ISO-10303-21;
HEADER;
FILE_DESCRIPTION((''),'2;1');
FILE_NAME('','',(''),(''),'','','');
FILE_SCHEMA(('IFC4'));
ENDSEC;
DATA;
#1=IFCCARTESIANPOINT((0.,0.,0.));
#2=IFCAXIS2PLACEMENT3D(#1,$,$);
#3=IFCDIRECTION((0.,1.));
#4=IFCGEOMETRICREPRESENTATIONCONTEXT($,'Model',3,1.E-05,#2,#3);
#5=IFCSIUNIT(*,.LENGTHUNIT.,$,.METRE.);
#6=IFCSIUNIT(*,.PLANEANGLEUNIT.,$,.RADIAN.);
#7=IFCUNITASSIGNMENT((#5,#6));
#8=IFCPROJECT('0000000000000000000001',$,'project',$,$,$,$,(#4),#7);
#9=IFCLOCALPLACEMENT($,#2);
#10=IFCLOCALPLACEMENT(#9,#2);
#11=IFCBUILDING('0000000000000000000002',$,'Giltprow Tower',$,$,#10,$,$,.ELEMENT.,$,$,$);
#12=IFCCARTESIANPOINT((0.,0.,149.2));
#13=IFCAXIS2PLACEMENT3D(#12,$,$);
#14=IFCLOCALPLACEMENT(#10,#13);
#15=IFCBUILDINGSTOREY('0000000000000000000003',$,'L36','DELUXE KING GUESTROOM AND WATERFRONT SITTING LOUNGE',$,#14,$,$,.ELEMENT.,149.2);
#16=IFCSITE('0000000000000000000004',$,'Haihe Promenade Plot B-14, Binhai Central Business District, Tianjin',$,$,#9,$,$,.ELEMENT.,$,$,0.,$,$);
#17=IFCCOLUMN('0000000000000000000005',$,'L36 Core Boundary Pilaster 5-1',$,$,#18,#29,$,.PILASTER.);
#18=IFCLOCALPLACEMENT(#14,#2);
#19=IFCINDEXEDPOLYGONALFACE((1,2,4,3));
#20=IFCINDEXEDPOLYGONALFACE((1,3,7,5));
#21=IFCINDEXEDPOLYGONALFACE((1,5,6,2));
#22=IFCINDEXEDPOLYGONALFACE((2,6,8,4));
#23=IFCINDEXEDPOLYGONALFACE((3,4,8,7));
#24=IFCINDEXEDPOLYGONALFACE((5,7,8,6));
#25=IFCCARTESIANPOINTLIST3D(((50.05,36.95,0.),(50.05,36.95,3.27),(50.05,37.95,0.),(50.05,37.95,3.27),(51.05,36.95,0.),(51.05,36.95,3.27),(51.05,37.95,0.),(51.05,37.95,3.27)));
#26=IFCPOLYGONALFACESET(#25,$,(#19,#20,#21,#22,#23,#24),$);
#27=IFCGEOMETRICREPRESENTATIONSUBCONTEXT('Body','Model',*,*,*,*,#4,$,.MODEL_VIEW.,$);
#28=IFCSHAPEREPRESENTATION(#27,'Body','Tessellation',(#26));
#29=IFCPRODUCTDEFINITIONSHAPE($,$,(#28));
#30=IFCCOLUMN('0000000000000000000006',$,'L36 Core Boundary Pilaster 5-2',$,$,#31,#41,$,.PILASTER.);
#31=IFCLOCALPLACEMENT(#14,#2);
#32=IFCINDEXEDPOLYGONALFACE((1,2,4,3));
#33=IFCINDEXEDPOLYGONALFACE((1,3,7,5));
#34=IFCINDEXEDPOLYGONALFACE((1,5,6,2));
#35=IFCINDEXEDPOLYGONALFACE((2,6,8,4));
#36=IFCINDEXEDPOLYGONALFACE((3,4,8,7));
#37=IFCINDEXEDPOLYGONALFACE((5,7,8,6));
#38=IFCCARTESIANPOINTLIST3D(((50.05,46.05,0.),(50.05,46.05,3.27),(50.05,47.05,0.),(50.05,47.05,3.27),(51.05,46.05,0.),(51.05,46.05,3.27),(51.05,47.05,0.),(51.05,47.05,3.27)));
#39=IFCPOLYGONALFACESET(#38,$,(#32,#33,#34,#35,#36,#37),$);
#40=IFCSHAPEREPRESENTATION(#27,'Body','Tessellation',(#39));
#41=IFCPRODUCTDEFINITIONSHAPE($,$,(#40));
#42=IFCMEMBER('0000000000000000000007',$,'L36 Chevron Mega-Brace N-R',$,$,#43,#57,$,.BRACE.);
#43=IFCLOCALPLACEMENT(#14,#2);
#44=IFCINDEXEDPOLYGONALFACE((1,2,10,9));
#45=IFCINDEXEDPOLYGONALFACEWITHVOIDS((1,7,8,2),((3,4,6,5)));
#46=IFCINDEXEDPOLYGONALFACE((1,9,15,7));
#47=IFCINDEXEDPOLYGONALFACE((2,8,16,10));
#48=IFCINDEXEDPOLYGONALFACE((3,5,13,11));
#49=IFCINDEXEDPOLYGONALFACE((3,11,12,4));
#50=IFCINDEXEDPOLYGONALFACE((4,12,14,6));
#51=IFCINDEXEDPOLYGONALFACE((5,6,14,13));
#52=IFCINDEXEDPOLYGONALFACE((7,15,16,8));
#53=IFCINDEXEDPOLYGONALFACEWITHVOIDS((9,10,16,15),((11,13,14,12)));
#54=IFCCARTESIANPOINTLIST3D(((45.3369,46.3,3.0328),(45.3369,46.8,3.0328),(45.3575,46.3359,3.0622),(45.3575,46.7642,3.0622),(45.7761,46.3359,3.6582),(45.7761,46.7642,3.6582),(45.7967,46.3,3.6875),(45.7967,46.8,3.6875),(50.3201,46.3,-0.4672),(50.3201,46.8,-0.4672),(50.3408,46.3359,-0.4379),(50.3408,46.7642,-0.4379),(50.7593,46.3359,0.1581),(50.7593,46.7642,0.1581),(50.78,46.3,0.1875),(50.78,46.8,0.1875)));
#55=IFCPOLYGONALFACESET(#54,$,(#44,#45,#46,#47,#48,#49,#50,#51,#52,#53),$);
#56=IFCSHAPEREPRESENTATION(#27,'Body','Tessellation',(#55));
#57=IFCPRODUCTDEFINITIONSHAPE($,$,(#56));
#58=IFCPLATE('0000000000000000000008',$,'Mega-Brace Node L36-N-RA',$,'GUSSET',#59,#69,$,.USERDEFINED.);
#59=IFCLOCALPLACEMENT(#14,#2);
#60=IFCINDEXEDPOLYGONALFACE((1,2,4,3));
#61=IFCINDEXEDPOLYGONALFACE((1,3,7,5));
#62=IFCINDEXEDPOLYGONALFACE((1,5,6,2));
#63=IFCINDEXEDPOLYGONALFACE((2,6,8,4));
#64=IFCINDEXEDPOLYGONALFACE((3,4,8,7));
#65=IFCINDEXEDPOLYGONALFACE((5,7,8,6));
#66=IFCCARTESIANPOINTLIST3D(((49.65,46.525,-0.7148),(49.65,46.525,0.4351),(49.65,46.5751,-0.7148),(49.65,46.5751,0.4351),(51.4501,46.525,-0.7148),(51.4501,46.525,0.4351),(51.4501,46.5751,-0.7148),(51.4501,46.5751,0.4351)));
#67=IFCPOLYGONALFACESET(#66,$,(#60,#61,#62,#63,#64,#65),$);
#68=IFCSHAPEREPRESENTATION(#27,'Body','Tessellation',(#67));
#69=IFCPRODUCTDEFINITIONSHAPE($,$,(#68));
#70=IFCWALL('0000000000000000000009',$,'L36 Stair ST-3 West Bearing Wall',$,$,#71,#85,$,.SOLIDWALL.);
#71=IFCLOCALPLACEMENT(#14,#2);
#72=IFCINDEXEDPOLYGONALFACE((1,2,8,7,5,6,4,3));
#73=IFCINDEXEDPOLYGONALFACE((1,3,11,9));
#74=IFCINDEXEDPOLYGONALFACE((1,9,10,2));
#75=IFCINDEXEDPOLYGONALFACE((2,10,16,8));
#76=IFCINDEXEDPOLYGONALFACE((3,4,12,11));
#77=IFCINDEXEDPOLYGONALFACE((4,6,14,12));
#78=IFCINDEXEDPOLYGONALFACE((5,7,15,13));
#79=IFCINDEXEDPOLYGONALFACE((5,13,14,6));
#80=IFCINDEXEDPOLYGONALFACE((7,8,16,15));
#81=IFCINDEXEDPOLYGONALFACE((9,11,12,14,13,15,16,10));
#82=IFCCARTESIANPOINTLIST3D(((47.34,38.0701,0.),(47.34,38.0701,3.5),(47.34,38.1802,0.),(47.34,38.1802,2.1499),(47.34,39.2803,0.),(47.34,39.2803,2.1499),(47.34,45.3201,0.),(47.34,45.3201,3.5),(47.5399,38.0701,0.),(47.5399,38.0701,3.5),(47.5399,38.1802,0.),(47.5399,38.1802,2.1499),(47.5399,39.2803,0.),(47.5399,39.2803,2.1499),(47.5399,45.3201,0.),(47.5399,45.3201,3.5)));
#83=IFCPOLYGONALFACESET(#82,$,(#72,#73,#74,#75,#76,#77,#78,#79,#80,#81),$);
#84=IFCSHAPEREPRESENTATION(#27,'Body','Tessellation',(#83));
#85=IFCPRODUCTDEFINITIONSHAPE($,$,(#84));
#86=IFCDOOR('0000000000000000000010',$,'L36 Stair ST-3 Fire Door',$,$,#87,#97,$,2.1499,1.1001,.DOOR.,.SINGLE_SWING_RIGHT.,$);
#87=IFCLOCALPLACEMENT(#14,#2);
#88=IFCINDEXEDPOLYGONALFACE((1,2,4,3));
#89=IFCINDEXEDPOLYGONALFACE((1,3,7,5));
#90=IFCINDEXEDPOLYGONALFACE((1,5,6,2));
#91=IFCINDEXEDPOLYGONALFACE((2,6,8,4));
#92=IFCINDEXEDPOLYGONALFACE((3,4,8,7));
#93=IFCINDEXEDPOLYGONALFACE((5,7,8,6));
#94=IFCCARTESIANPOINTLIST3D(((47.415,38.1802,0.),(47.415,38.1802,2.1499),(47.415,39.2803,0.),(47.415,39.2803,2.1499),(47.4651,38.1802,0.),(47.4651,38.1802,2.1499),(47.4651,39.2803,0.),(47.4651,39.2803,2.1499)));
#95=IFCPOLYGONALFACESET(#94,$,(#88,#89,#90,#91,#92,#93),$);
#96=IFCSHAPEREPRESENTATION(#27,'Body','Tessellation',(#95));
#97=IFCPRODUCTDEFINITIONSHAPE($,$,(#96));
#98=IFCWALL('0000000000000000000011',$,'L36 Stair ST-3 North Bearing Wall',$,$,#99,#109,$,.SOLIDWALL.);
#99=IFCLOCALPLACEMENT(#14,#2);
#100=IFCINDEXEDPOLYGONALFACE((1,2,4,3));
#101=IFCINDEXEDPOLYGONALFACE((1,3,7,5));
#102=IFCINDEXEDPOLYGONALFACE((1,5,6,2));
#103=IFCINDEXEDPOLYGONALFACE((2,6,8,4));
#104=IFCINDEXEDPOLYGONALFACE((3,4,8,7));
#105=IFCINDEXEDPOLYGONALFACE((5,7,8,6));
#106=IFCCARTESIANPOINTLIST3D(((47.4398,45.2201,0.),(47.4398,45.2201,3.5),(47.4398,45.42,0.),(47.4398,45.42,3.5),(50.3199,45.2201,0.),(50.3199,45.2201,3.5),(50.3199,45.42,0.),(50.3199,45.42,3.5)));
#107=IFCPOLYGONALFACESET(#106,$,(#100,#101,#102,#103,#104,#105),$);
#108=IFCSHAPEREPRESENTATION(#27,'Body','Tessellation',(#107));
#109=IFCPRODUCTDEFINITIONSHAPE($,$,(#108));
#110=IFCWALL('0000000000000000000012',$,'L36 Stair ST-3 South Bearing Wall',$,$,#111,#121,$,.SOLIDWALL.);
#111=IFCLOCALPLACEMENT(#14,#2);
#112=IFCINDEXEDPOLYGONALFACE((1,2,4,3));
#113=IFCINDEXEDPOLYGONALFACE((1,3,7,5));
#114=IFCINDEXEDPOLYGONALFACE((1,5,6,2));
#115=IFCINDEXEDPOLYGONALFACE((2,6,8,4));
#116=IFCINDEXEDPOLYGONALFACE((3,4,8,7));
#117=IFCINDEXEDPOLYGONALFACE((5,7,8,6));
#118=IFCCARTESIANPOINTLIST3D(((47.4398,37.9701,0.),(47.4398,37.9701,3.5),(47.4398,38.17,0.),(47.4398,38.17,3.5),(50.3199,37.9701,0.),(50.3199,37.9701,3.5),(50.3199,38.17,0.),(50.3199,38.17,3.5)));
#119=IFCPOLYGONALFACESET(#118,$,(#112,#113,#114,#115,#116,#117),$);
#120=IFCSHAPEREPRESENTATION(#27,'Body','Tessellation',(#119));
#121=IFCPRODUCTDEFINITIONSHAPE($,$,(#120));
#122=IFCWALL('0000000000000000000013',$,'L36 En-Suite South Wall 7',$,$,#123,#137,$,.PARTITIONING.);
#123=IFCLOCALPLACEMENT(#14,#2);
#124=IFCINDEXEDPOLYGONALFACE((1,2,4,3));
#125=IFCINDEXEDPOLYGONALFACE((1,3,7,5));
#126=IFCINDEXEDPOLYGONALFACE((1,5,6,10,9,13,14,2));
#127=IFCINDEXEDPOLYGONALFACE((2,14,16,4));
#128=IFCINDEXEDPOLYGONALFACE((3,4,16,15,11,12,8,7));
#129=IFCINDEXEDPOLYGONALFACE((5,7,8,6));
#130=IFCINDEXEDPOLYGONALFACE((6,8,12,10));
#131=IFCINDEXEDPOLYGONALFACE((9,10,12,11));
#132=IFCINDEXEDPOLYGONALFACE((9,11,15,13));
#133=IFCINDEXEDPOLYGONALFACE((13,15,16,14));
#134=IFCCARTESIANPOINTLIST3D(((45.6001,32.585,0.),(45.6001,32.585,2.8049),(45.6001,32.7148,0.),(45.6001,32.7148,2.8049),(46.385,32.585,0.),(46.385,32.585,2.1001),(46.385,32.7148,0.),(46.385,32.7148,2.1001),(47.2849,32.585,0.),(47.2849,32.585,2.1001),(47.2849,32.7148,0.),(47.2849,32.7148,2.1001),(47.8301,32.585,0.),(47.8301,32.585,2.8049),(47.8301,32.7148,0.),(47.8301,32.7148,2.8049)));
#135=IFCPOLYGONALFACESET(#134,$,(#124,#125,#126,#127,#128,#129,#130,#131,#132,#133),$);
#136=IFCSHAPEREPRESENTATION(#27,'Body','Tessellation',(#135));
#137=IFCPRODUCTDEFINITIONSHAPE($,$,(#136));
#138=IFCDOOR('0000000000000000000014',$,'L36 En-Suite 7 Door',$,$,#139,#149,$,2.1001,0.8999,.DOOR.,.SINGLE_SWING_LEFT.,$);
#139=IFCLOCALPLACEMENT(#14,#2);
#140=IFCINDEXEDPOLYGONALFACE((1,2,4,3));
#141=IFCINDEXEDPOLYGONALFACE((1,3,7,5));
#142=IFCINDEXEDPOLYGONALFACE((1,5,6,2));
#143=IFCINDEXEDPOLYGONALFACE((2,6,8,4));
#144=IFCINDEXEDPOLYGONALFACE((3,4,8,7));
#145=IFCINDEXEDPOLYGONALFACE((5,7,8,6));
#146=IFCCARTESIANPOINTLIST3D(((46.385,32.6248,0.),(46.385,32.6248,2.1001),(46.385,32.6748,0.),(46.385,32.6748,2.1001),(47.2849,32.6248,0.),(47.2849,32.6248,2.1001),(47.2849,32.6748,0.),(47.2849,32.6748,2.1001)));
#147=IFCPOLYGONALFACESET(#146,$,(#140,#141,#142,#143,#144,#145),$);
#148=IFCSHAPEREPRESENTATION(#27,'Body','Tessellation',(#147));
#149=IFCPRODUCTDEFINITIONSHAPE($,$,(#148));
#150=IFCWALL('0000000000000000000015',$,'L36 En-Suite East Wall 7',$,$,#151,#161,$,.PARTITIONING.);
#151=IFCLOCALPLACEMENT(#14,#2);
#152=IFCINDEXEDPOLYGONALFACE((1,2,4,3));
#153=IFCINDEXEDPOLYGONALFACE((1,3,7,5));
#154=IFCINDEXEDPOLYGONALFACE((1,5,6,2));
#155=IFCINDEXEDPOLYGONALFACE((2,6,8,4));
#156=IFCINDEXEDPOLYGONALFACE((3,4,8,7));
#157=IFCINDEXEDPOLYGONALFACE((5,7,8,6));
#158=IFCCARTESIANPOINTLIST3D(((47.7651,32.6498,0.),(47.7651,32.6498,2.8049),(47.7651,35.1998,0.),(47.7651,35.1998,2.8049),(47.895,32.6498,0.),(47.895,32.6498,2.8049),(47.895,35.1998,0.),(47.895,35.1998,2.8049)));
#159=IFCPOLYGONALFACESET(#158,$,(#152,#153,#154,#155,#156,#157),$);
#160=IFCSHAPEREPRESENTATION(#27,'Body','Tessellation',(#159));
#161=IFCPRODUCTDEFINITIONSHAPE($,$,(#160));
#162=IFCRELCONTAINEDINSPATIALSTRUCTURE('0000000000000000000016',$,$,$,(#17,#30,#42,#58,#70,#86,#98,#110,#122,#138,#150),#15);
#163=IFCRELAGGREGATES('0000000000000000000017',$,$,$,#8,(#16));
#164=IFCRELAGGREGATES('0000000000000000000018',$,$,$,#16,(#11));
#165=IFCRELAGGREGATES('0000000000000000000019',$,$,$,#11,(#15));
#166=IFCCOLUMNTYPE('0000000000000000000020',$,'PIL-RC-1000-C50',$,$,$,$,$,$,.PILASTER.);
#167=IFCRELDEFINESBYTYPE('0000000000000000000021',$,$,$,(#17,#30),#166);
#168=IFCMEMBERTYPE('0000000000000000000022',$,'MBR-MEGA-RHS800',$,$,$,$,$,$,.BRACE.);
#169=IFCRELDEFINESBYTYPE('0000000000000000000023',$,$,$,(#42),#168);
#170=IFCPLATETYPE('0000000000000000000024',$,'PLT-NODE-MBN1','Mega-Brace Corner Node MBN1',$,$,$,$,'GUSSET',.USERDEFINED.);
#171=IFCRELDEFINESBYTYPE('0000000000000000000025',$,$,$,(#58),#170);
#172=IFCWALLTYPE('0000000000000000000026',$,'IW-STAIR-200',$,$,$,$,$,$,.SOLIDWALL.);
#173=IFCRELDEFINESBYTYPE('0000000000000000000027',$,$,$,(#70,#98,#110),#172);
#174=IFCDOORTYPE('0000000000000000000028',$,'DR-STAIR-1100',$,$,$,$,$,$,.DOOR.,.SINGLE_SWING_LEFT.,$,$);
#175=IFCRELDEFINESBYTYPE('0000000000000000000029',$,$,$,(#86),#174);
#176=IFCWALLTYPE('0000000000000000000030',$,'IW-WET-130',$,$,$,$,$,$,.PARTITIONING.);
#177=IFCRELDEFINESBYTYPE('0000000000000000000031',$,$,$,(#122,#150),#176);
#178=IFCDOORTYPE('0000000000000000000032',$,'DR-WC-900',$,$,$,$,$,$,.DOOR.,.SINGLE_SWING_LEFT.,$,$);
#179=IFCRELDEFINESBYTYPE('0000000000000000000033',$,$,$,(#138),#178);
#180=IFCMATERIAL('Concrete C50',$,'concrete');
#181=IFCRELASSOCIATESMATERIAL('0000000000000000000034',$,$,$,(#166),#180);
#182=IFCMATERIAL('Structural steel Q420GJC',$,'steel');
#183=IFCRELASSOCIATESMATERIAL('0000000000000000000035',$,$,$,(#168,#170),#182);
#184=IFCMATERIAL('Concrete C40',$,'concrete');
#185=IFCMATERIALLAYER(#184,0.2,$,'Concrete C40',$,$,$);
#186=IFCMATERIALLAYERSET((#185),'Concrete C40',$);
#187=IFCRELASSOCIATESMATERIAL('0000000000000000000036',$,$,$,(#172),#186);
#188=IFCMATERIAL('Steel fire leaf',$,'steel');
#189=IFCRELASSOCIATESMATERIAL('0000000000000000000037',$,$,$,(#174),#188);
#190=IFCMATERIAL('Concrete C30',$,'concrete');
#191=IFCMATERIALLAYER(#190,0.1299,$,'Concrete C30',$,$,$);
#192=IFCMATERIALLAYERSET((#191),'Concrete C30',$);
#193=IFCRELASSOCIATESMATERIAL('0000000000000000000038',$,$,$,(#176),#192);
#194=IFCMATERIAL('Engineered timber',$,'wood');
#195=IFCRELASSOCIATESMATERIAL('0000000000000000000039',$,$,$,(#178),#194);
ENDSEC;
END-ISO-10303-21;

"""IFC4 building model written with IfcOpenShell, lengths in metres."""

from ifc_helpers import new_model, si_unit, direction, frame, frame_2d, origin, origin_2d, place, context, subcontext, project, spatial, rectangle, hollow_rectangle, extrude, source, transform, mapped, material, layer, layer_set, material_profile, profile_set, type_object, element, fill, save


model = new_model("IFC4")

# Units and contexts
model_context = context("Model", 3, precision=1e-05, world=origin(), true_north=direction((0.0, 1.0)))
body_context = subcontext(model_context, "Body", "Model", "MODEL_VIEW")
ifc_project = project(units=[si_unit("LENGTHUNIT", "METRE"), si_unit("PLANEANGLEUNIT", "RADIAN")], contexts=[model_context])

# Site, building, storey
site_placement = place(None, origin())
site = spatial("IfcSite", under=ifc_project, at=site_placement, Name="Haihe Promenade Plot B-14, Binhai Central Business District, Tianjin", CompositionType="ELEMENT", RefElevation=0.0)
building_placement = place(site_placement, origin())
building = spatial("IfcBuilding", under=site, at=building_placement, Name="Giltprow Tower", CompositionType="ELEMENT")
storey_placement = place(building_placement, frame((0.0, 0.0, 149.2)))
storey = spatial("IfcBuildingStorey", under=building, at=storey_placement, Name="L36", Description="DELUXE KING GUESTROOM AND WATERFRONT SITTING LOUNGE", CompositionType="ELEMENT", Elevation=149.2)

# Columns
ifc_material_1 = material(Name="Concrete C50", Category="concrete")
ifc_material_profile_1 = material_profile(ifc_material_1, rectangle(XDim=1.0, YDim=1.0, at=origin_2d()), Name="RC 1000x1000")
ifc_profile_set_1 = profile_set([ifc_material_profile_1], Name="Concrete C50")
column_type = type_object("IfcColumnType", Name="PIL-RC-1000-C50", PredefinedType="PILASTER", material=ifc_profile_set_1)
shared_shape_1 = source(origin(), body_context, "Body", "SweptSolid", [
    extrude(rectangle(XDim=1.0, YDim=1.0, at=origin_2d()), origin(), (0.0, 0.0, 1.0), 3.27),
])
for number, where, z_axis, x_axis, name in (
    (1, (50.55, 37.45, 0.0), (0.0, 0.0, 1.0), (1.0, 0.0, 0.0), "L36 Core Boundary Pilaster 5-1"),
    (2, (50.55, 46.55, 0.0), (0.0, 0.0, 1.0), (1.0, 0.0, 0.0), "L36 Core Boundary Pilaster 5-2"),
):
    element("IfcColumn", number, at=place(storey_placement, frame(where, z_axis=z_axis, x_axis=x_axis)), inside=storey, type_object=column_type, Name=name, PredefinedType="PILASTER", context=body_context, shape_type="MappedRepresentation", body=[
        mapped(shared_shape_1, transform((0.0, 0.0, 0.0), x_axis=(1.0, 0.0, 0.0), y_axis=(0.0, 1.0, 0.0), z_axis=(0.0, 0.0, 1.0), scale=1.0)),
    ])

# Member
ifc_material_2 = material(Name="Structural steel Q420GJC", Category="steel")
ifc_material_profile_2 = material_profile(ifc_material_2, hollow_rectangle(XDim=0.5, YDim=0.8, WallThickness=0.0359, at=origin_2d()), Name="RHS 800x500x36")
ifc_profile_set_2 = profile_set([ifc_material_profile_2], Name="Structural steel Q420GJC")
member_type = type_object("IfcMemberType", Name="MBR-MEGA-RHS800", PredefinedType="BRACE", material=ifc_profile_set_2)
shared_shape_2 = source(origin(), body_context, "Body", "SweptSolid", [
    extrude(hollow_rectangle(XDim=0.5, YDim=0.8, WallThickness=0.0359, at=origin_2d()), origin(), (0.0, 0.0, 1.0), 6.0896),
])
member_placement = place(storey_placement, frame((50.55, 46.55, -0.1399), z_axis=(-0.818321, 0.0, 0.574761), x_axis=(0.0, -1.0, 0.0)))
element("IfcMember", 3, at=member_placement, inside=storey, type_object=member_type, Name="L36 Chevron Mega-Brace N-R", PredefinedType="BRACE", context=body_context, shape_type="MappedRepresentation", body=[
    mapped(shared_shape_2, transform((0.0, 0.0, 0.0), x_axis=(1.0, 0.0, 0.0), y_axis=(0.0, 1.0, 0.0), z_axis=(0.0, 0.0, 1.0), scale=1.0)),
])

# Plate
plate_type = type_object("IfcPlateType", Name="PLT-NODE-MBN1", Description="Mega-Brace Corner Node MBN1", ElementType="GUSSET", PredefinedType="USERDEFINED", material=ifc_material_2)
shared_shape_3 = source(origin(), body_context, "Body", "SweptSolid", [
    extrude(rectangle(XDim=1.8, YDim=0.05, at=origin_2d()), origin(), (0.0, 0.0, 1.0), 1.1499),
])
plate_placement = place(storey_placement, frame((50.55, 46.55, -0.7148), z_axis=(0.0, 0.0, 1.0), x_axis=(1.0, 0.0, 0.0)))
element("IfcPlate", 4, at=plate_placement, inside=storey, type_object=plate_type, Name="Mega-Brace Node L36-N-RA", ObjectType="GUSSET", PredefinedType="USERDEFINED", context=body_context, shape_type="MappedRepresentation", body=[
    mapped(shared_shape_3, transform((0.0, 0.0, 0.0), x_axis=(1.0, 0.0, 0.0), y_axis=(0.0, 1.0, 0.0), z_axis=(0.0, 0.0, 1.0), scale=1.0)),
])

# Wall, opening, door
ifc_material_3 = material(Name="Concrete C40", Category="concrete")
ifc_layer_1 = layer(ifc_material_3, 0.2, Name="Concrete C40")
ifc_layer_set_1 = layer_set([ifc_layer_1], Name="Concrete C40")
wall_type_1 = type_object("IfcWallType", Name="IW-STAIR-200", PredefinedType="SOLIDWALL", material=ifc_layer_set_1)
wall_1_placement = place(storey_placement, frame((47.4399, 38.0701, 0.0), z_axis=(0.0, 0.0, 1.0), x_axis=(0.0, 1.0, 0.0)))
wall_1 = element("IfcWall", 5, at=wall_1_placement, inside=storey, type_object=wall_type_1, Name="L36 Stair ST-3 West Bearing Wall", PredefinedType="SOLIDWALL", context=body_context, shape_type="SweptSolid", body=[
    extrude(rectangle(XDim=7.25, YDim=0.2, at=frame_2d((3.625, 0.0))), origin(), (0.0, 0.0, 1.0), 3.5),
])
opening_1_placement = place(wall_1_placement, frame((0.1101, 0.0, 0.0)))
opening_1 = element("IfcOpeningElement", 6, at=opening_1_placement, cuts=wall_1, PredefinedType="OPENING", context=body_context, shape_type="SweptSolid", body=[
    extrude(rectangle(XDim=1.1001, YDim=2.1499, at=frame_2d((0.55, 1.075))), frame((0.0, 0.1099, 0.0), z_axis=(0.0, -1.0, 0.0), x_axis=(1.0, 0.0, 0.0)), (0.0, 0.0, 1.0), 0.22),
])
ifc_material_4 = material(Name="Steel fire leaf", Category="steel")
door_type_1 = type_object("IfcDoorType", Name="DR-STAIR-1100", OperationType="SINGLE_SWING_LEFT", PredefinedType="DOOR", material=ifc_material_4)
shared_shape_4 = source(origin(), body_context, "Body", "SweptSolid", [
    extrude(rectangle(XDim=1.1001, YDim=2.1499, at=frame_2d((0.55, 1.075))), frame((0.0, 0.0249, 0.0), z_axis=(0.0, -1.0, 0.0), x_axis=(1.0, 0.0, 0.0)), (0.0, 0.0, 1.0), 0.05),
])
door_1_placement = place(opening_1_placement, origin())
door_1 = element("IfcDoor", 7, at=door_1_placement, inside=storey, type_object=door_type_1, Name="L36 Stair ST-3 Fire Door", OperationType="SINGLE_SWING_RIGHT", OverallHeight=2.1499, OverallWidth=1.1001, PredefinedType="DOOR", context=body_context, shape_type="MappedRepresentation", body=[
    mapped(shared_shape_4, transform((0.0, 0.0, 0.0), x_axis=(1.0, 0.0, 0.0), y_axis=(0.0, 1.0, 0.0), z_axis=(0.0, 0.0, 1.0), scale=1.0)),
])
fill(opening_1, door_1)

# Walls
for number, where, z_axis, x_axis, name in (
    (8, (47.4399, 45.3201, 0.0), (0.0, 0.0, 1.0), (1.0, 0.0, 0.0), "L36 Stair ST-3 North Bearing Wall"),
    (9, (47.4399, 38.0701, 0.0), (0.0, 0.0, 1.0), (1.0, 0.0, 0.0), "L36 Stair ST-3 South Bearing Wall"),
):
    element("IfcWall", number, at=place(storey_placement, frame(where, z_axis=z_axis, x_axis=x_axis)), inside=storey, type_object=wall_type_1, Name=name, PredefinedType="SOLIDWALL", context=body_context, shape_type="SweptSolid", body=[
        extrude(rectangle(XDim=2.8801, YDim=0.2, at=frame_2d((1.4399, 0.0))), origin(), (0.0, 0.0, 1.0), 3.5),
    ])

# Wall, opening, door
ifc_material_5 = material(Name="Concrete C30", Category="concrete")
ifc_layer_2 = layer(ifc_material_5, 0.1299, Name="Concrete C30")
ifc_layer_set_2 = layer_set([ifc_layer_2], Name="Concrete C30")
wall_type_2 = type_object("IfcWallType", Name="IW-WET-130", PredefinedType="PARTITIONING", material=ifc_layer_set_2)
wall_2_placement = place(storey_placement, frame((45.6001, 32.6499, 0.0), z_axis=(0.0, 0.0, 1.0), x_axis=(1.0, 0.0, 0.0)))
wall_2 = element("IfcWall", 10, at=wall_2_placement, inside=storey, type_object=wall_type_2, Name="L36 En-Suite South Wall 7", PredefinedType="PARTITIONING", context=body_context, shape_type="SweptSolid", body=[
    extrude(rectangle(XDim=2.23, YDim=0.1299, at=frame_2d((1.115, 0.0))), origin(), (0.0, 0.0, 1.0), 2.8049),
])
opening_2_placement = place(wall_2_placement, frame((0.7849, 0.0, 0.0)))
opening_2 = element("IfcOpeningElement", 11, at=opening_2_placement, cuts=wall_2, PredefinedType="OPENING", context=body_context, shape_type="SweptSolid", body=[
    extrude(rectangle(XDim=0.8999, YDim=2.1001, at=frame_2d((0.45, 1.05))), frame((0.0, 0.075, 0.0), z_axis=(0.0, -1.0, 0.0), x_axis=(1.0, 0.0, 0.0)), (0.0, 0.0, 1.0), 0.1499),
])
ifc_material_6 = material(Name="Engineered timber", Category="wood")
door_type_2 = type_object("IfcDoorType", Name="DR-WC-900", OperationType="SINGLE_SWING_LEFT", PredefinedType="DOOR", material=ifc_material_6)
shared_shape_5 = source(origin(), body_context, "Body", "SweptSolid", [
    extrude(rectangle(XDim=0.8999, YDim=2.1001, at=frame_2d((0.45, 1.05))), frame((0.0, 0.0249, 0.0), z_axis=(0.0, -1.0, 0.0), x_axis=(1.0, 0.0, 0.0)), (0.0, 0.0, 1.0), 0.05),
])
door_2_placement = place(opening_2_placement, origin())
door_2 = element("IfcDoor", 12, at=door_2_placement, inside=storey, type_object=door_type_2, Name="L36 En-Suite 7 Door", OperationType="SINGLE_SWING_LEFT", OverallHeight=2.1001, OverallWidth=0.8999, PredefinedType="DOOR", context=body_context, shape_type="MappedRepresentation", body=[
    mapped(shared_shape_5, transform((0.0, 0.0, 0.0), x_axis=(1.0, 0.0, 0.0), y_axis=(0.0, 1.0, 0.0), z_axis=(0.0, 0.0, 1.0), scale=1.0)),
])
fill(opening_2, door_2)

# Wall
wall_3_placement = place(storey_placement, frame((47.8301, 32.6499, 0.0), z_axis=(0.0, 0.0, 1.0), x_axis=(0.0, 1.0, 0.0)))
element("IfcWall", 13, at=wall_3_placement, inside=storey, type_object=wall_type_2, Name="L36 En-Suite East Wall 7", PredefinedType="PARTITIONING", context=body_context, shape_type="SweptSolid", body=[
    extrude(rectangle(XDim=2.55, YDim=0.1299, at=frame_2d((1.2749, 0.0))), origin(), (0.0, 0.0, 1.0), 2.8049),
])

save(model, "model.ifc")
